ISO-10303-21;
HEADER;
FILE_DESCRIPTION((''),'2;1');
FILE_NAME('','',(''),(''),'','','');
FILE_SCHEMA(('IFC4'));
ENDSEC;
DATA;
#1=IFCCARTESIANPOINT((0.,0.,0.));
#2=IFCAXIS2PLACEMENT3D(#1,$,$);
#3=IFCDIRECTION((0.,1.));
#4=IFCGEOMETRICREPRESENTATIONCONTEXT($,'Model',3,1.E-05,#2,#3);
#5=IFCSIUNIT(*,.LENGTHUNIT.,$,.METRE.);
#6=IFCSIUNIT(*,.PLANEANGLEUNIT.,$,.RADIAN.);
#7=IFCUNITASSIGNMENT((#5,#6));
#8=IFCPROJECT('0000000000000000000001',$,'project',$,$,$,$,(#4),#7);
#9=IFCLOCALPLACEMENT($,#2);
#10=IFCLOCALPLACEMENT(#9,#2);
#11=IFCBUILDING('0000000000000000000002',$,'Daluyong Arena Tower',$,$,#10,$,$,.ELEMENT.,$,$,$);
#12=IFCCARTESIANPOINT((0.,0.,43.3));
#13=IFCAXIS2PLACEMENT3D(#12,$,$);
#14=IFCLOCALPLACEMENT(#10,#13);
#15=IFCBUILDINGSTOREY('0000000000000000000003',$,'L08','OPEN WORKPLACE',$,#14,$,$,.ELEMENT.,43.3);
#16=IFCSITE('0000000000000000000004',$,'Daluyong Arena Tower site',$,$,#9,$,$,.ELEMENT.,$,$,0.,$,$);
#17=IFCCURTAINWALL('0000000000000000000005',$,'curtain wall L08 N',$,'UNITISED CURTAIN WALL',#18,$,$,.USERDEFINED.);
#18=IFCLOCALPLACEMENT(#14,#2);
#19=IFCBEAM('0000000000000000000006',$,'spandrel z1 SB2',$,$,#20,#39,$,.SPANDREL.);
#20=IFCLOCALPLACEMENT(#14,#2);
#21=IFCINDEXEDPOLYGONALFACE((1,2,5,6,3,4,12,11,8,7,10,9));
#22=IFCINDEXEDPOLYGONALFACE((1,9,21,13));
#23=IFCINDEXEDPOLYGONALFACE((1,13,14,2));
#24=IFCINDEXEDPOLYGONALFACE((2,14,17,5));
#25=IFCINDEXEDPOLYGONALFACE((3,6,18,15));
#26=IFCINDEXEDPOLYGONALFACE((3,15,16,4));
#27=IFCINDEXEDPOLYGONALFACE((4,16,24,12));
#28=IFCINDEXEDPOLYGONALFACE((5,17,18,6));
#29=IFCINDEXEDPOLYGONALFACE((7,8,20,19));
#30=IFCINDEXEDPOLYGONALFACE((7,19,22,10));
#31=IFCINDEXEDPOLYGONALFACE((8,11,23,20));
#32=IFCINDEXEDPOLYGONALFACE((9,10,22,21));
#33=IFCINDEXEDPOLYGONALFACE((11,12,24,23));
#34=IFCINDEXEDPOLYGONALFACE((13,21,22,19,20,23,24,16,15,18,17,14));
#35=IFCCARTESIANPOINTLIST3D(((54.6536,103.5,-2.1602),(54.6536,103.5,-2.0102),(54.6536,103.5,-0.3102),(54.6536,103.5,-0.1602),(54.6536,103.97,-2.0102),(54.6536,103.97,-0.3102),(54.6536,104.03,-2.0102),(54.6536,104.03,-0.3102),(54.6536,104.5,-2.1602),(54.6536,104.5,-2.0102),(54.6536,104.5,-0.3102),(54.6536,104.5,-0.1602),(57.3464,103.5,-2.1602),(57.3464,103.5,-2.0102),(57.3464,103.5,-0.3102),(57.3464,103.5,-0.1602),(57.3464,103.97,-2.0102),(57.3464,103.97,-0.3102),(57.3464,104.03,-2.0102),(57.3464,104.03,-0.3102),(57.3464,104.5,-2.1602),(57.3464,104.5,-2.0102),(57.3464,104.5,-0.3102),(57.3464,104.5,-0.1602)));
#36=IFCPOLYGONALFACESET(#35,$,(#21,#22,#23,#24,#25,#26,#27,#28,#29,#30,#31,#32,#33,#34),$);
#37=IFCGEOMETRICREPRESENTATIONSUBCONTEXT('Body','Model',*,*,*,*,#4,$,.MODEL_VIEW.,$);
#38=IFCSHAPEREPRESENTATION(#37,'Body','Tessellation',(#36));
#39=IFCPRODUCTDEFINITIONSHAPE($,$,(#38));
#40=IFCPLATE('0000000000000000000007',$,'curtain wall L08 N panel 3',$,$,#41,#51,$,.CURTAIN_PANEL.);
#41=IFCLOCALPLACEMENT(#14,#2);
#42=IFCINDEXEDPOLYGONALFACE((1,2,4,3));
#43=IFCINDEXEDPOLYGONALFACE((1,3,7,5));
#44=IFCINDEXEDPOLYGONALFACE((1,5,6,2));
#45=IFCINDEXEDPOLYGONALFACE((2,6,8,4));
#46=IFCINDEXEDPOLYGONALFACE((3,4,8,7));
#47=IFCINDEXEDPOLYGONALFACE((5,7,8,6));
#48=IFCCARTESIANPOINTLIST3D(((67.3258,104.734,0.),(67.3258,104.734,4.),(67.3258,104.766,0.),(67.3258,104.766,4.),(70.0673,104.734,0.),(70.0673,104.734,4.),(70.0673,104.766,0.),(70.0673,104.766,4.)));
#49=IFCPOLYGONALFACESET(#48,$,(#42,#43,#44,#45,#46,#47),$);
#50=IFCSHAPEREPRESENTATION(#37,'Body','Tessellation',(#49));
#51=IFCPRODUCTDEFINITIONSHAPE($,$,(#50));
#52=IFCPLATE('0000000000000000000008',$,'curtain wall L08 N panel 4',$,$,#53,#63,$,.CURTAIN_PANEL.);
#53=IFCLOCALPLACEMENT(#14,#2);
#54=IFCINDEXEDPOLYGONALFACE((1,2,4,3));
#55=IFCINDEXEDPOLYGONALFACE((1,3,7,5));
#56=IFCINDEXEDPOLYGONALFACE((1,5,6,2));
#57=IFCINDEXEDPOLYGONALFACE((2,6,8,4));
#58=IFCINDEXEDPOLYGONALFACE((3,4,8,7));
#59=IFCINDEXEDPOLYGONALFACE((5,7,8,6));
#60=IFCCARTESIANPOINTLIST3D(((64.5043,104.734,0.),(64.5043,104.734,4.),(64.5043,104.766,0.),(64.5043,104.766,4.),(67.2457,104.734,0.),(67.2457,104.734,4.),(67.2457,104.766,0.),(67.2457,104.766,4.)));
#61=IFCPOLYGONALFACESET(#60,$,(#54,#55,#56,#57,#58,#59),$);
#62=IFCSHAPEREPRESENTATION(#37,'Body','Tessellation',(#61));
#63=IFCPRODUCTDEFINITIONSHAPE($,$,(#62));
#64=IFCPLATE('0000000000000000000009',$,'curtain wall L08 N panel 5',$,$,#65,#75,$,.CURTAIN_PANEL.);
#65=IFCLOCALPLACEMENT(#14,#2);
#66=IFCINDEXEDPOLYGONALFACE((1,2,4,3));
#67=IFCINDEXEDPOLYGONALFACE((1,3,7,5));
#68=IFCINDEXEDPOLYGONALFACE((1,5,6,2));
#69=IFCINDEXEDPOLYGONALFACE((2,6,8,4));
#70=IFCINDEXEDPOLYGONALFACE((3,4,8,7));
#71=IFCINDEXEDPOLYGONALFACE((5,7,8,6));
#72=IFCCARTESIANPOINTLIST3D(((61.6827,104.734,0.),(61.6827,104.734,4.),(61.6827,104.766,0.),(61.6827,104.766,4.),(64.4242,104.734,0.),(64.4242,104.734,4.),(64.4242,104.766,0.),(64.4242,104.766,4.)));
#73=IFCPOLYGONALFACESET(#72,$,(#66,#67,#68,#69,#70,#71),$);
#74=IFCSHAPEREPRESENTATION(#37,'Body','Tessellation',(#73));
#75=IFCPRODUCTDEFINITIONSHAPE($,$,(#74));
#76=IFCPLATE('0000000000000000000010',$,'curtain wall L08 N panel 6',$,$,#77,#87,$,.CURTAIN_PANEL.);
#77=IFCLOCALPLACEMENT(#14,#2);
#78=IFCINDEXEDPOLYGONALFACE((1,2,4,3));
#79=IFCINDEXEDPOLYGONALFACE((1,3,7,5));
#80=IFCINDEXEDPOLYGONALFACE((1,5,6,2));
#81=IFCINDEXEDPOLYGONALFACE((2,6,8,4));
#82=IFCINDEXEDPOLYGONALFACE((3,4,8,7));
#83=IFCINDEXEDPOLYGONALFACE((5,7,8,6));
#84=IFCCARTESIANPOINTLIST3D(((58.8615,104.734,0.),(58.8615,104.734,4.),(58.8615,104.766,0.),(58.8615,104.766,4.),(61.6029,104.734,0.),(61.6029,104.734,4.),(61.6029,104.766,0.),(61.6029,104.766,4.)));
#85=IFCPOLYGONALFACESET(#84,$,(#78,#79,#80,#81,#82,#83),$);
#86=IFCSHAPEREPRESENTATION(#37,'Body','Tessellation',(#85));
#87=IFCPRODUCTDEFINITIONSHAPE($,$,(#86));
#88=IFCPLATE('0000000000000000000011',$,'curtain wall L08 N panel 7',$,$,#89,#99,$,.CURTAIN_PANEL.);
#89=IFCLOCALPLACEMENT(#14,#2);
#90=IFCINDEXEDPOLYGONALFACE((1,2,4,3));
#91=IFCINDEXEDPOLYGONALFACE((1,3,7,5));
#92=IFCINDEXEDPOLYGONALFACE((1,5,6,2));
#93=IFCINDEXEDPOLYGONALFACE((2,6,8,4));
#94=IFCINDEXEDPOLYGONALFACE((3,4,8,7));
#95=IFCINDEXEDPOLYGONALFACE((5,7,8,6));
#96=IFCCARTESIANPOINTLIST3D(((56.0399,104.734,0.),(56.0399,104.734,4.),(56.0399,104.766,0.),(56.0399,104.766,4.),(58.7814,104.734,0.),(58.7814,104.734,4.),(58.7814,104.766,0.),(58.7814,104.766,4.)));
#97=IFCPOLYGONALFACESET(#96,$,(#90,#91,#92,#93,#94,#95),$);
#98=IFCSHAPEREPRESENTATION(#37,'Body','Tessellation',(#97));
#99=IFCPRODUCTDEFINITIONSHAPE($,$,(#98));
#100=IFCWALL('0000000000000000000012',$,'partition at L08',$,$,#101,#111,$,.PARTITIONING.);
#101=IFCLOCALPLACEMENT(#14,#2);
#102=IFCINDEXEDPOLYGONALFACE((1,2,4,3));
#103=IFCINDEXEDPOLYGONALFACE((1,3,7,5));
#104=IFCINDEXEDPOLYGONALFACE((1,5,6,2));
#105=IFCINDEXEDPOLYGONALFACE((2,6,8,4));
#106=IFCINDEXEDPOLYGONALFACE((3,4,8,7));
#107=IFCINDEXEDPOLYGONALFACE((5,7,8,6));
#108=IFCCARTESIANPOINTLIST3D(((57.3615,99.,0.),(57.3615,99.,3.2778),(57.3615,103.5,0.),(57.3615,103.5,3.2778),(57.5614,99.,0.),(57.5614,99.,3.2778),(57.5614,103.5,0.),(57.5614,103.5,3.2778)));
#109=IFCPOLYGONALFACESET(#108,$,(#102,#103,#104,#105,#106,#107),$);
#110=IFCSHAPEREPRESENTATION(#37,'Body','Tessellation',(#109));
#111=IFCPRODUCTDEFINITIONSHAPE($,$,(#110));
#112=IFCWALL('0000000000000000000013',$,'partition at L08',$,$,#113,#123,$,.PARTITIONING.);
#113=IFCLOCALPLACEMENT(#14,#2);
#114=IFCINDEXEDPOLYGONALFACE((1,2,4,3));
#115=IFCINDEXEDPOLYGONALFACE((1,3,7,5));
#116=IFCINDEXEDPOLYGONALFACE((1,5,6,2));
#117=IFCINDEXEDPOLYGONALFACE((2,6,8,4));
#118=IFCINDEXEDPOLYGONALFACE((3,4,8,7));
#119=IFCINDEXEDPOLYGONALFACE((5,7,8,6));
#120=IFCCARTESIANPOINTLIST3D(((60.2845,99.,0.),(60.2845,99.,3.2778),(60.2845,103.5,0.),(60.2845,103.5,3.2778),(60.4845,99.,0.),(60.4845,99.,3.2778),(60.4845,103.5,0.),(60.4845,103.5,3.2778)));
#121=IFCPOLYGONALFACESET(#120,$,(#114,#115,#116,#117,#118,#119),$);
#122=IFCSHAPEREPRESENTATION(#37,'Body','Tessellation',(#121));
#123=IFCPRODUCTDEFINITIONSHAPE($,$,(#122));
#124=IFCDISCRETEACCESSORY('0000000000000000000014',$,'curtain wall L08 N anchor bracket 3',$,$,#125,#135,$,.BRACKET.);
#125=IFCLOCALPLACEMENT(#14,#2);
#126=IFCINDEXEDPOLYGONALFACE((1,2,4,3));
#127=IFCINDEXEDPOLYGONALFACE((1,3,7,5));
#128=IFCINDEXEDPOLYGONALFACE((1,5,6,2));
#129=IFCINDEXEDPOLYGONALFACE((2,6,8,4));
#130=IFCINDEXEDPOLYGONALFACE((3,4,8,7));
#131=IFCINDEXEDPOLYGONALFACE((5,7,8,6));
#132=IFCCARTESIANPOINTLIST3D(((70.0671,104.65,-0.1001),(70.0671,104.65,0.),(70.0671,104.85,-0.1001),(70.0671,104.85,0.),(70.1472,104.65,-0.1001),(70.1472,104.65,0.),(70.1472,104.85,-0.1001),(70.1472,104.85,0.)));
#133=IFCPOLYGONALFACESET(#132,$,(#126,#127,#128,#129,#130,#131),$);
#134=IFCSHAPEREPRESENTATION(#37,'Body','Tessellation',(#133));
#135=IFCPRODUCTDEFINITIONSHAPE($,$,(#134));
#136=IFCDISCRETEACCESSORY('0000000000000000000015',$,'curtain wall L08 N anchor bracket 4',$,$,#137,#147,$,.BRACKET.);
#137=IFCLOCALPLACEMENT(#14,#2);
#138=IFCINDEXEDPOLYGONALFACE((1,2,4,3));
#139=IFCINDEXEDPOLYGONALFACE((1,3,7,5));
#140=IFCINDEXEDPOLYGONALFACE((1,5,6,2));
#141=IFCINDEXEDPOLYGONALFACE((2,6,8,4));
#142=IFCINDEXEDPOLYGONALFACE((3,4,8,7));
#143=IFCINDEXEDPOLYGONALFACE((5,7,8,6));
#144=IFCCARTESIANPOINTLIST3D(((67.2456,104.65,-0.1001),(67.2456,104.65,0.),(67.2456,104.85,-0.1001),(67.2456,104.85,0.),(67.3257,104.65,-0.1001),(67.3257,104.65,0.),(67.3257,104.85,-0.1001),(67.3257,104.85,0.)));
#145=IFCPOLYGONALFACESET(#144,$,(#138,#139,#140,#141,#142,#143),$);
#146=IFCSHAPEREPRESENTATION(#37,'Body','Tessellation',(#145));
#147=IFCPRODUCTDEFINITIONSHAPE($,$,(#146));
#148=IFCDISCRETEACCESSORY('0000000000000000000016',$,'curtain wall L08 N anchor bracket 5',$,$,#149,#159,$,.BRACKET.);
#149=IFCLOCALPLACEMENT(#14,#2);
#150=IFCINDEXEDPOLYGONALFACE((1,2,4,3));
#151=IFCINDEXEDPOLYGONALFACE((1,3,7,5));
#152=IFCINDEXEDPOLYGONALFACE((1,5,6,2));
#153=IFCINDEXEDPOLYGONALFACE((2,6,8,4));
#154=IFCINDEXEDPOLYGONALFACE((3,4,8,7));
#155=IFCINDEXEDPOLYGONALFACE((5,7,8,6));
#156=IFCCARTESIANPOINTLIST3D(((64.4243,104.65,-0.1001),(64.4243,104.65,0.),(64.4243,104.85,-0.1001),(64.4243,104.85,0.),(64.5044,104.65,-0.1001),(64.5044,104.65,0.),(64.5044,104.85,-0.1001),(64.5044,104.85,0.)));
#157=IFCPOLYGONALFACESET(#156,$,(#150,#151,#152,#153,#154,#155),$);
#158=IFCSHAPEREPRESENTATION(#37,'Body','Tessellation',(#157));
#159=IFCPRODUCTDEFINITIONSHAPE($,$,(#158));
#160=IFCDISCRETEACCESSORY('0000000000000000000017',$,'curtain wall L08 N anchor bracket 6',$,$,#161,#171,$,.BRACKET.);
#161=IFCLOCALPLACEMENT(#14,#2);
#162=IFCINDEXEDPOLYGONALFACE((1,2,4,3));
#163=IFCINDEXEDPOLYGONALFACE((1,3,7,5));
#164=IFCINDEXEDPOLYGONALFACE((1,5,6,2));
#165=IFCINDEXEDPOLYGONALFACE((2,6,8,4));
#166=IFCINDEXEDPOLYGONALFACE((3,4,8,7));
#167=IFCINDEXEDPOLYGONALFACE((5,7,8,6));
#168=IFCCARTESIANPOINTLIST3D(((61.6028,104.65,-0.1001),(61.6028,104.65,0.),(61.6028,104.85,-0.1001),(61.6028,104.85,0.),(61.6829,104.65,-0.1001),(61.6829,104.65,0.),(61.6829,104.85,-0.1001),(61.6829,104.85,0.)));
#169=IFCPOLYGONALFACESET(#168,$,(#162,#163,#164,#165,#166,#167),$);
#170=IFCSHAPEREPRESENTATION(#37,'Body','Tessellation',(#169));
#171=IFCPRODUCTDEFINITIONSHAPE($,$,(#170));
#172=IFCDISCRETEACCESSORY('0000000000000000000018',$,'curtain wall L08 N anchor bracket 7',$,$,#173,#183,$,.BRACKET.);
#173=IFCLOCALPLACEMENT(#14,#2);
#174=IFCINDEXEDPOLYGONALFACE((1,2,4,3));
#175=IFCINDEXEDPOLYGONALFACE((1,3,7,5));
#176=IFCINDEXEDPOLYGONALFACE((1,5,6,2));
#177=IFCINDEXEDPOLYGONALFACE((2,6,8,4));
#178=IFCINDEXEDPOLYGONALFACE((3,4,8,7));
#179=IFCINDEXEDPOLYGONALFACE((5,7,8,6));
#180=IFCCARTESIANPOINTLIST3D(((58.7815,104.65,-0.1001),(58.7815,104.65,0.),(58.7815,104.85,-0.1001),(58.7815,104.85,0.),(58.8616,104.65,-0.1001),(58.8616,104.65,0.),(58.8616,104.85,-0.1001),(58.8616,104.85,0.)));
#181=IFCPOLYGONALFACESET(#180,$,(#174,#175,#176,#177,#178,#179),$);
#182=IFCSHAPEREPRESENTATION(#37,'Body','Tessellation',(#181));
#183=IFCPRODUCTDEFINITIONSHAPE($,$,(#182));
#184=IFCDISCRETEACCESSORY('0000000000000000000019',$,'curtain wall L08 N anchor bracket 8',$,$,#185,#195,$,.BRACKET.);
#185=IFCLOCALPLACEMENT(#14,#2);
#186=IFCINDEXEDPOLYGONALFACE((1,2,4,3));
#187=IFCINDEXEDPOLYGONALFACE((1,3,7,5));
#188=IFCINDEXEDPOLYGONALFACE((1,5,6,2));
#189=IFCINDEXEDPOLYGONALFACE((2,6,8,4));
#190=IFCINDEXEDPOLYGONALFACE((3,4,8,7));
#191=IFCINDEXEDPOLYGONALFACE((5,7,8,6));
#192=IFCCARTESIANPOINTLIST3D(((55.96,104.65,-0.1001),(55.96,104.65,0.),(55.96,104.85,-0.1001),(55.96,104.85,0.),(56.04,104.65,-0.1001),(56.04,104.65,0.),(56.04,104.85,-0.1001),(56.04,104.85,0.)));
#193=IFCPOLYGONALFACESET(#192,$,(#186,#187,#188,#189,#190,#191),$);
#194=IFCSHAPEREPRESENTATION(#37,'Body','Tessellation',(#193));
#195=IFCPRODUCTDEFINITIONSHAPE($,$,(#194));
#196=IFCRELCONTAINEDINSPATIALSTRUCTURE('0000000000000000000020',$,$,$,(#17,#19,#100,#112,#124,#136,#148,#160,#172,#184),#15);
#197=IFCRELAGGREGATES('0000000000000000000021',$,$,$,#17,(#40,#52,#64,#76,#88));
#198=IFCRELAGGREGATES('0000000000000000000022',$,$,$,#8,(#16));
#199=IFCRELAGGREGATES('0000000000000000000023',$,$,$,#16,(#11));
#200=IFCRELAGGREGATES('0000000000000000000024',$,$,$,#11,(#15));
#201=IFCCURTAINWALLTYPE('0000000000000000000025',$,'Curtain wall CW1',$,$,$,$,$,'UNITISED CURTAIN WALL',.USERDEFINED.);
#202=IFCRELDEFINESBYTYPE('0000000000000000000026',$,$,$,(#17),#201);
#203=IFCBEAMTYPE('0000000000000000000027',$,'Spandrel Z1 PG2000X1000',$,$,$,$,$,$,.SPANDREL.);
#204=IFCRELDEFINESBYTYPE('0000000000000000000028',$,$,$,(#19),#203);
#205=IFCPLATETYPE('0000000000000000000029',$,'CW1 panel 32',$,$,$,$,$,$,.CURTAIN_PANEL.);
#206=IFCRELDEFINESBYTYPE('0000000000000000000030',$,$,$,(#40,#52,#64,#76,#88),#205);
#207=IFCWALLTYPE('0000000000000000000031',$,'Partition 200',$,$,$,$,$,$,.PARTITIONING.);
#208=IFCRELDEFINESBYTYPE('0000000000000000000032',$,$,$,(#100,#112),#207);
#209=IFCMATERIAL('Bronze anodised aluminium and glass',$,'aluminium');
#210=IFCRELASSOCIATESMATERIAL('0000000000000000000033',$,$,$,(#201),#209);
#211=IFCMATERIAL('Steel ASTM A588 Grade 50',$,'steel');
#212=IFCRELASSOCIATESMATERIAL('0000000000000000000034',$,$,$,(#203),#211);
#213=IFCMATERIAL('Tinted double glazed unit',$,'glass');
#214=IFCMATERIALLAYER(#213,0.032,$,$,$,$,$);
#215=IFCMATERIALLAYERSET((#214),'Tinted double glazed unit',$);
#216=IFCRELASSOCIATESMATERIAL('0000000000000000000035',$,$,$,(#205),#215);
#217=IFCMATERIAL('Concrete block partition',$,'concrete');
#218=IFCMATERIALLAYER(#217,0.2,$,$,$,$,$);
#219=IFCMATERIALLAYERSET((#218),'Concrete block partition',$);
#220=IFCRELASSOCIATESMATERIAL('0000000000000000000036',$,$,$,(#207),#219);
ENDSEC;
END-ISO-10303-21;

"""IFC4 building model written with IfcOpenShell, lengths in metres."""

from ifc_helpers import new_model, si_unit, direction, frame, frame_2d, origin, origin_2d, place, context, subcontext, project, spatial, rectangle, i_section, extrude, material, layer, layer_set, material_profile, profile_set, type_object, element, aggregate, save


model = new_model("IFC4")

# Units and contexts
model_context = context("Model", 3, precision=1e-05, world=origin(), true_north=direction((0.0, 1.0)))
body_context = subcontext(model_context, "Body", "Model", "MODEL_VIEW")
ifc_project = project(units=[si_unit("LENGTHUNIT", "METRE"), si_unit("PLANEANGLEUNIT", "RADIAN")], contexts=[model_context])

# Site, building, storey
site_placement = place(None, origin())
site = spatial("IfcSite", under=ifc_project, at=site_placement, Name="Daluyong Arena Tower site", CompositionType="ELEMENT", RefElevation=0.0)
building_placement = place(site_placement, origin())
building = spatial("IfcBuilding", under=site, at=building_placement, Name="Daluyong Arena Tower", CompositionType="ELEMENT")
storey_placement = place(building_placement, frame((0.0, 0.0, 43.3)))
storey = spatial("IfcBuildingStorey", under=building, at=storey_placement, Name="L08", Description="OPEN WORKPLACE", CompositionType="ELEMENT", Elevation=43.3)

# Curtain wall
ifc_material_1 = material(Name="Bronze anodised aluminium and glass", Category="aluminium")
curtain_wall_type = type_object("IfcCurtainWallType", Name="Curtain wall CW1", ElementType="UNITISED CURTAIN WALL", PredefinedType="USERDEFINED", material=ifc_material_1)
curtain_wall_placement = place(storey_placement, origin())
curtain_wall = element("IfcCurtainWall", 1, at=curtain_wall_placement, inside=storey, type_object=curtain_wall_type, Name="curtain wall L08 N", ObjectType="UNITISED CURTAIN WALL", PredefinedType="USERDEFINED")

# Beam
ifc_material_2 = material(Name="Steel ASTM A588 Grade 50", Category="steel")
ifc_material_profile_1 = material_profile(ifc_material_2, i_section(OverallWidth=1.0, OverallDepth=2.0, WebThickness=0.06, FlangeThickness=0.15, at=origin_2d()))
ifc_profile_set_1 = profile_set([ifc_material_profile_1], Name="Steel ASTM A588 Grade 50")
beam_type_1 = type_object("IfcBeamType", Name="Spandrel Z1 PG2000X1000", PredefinedType="SPANDREL", material=ifc_profile_set_1)
beam_1_placement = place(storey_placement, frame((57.3464, 104.0, -1.1602), z_axis=(-1.0, 0.0, 0.0), x_axis=(0.0, -1.0, 0.0)))
element("IfcBeam", 2, at=beam_1_placement, inside=storey, type_object=beam_type_1, Name="spandrel z1 SB2", PredefinedType="SPANDREL", context=body_context, shape_type="SweptSolid", body=[
    extrude(i_section(OverallWidth=1.0, OverallDepth=2.0, WebThickness=0.06, FlangeThickness=0.15, at=origin_2d()), origin(), (0.0, 0.0, 1.0), 2.6929),
])

# Plates
ifc_material_3 = material(Name="Tinted double glazed unit", Category="glass")
ifc_layer_1 = layer(ifc_material_3, 0.032)
ifc_layer_set_1 = layer_set([ifc_layer_1], Name="Tinted double glazed unit")
plate_type = type_object("IfcPlateType", Name="CW1 panel 32", PredefinedType="CURTAIN_PANEL", material=ifc_layer_set_1)
plate_1_placement = place(storey_placement, frame((68.6965, 104.75, 0.0), z_axis=(0.0, 0.0, 1.0), x_axis=(-1.0, 0.0, 0.0)))
plate_1 = element("IfcPlate", 3, at=plate_1_placement, type_object=plate_type, Name="curtain wall L08 N panel 3", PredefinedType="CURTAIN_PANEL", context=body_context, shape_type="SweptSolid", body=[
    extrude(rectangle(XDim=2.7415, YDim=0.032, at=origin_2d()), origin(), (0.0, 0.0, 1.0), 4.0),
])
plate_2_placement = place(storey_placement, frame((65.875, 104.75, 0.0), z_axis=(0.0, 0.0, 1.0), x_axis=(-1.0, 0.0, 0.0)))
plate_2 = element("IfcPlate", 4, at=plate_2_placement, type_object=plate_type, Name="curtain wall L08 N panel 4", PredefinedType="CURTAIN_PANEL", context=body_context, shape_type="SweptSolid", body=[
    extrude(rectangle(XDim=2.7415, YDim=0.032, at=origin_2d()), origin(), (0.0, 0.0, 1.0), 4.0),
])
plate_3_placement = place(storey_placement, frame((63.0535, 104.75, 0.0), z_axis=(0.0, 0.0, 1.0), x_axis=(-1.0, 0.0, 0.0)))
plate_3 = element("IfcPlate", 5, at=plate_3_placement, type_object=plate_type, Name="curtain wall L08 N panel 5", PredefinedType="CURTAIN_PANEL", context=body_context, shape_type="SweptSolid", body=[
    extrude(rectangle(XDim=2.7415, YDim=0.032, at=origin_2d()), origin(), (0.0, 0.0, 1.0), 4.0),
])
plate_4_placement = place(storey_placement, frame((60.2322, 104.75, 0.0), z_axis=(0.0, 0.0, 1.0), x_axis=(-1.0, 0.0, 0.0)))
plate_4 = element("IfcPlate", 6, at=plate_4_placement, type_object=plate_type, Name="curtain wall L08 N panel 6", PredefinedType="CURTAIN_PANEL", context=body_context, shape_type="SweptSolid", body=[
    extrude(rectangle(XDim=2.7415, YDim=0.032, at=origin_2d()), origin(), (0.0, 0.0, 1.0), 4.0),
])
plate_5_placement = place(storey_placement, frame((57.4106, 104.75, 0.0), z_axis=(0.0, 0.0, 1.0), x_axis=(-1.0, 0.0, 0.0)))
plate_5 = element("IfcPlate", 7, at=plate_5_placement, type_object=plate_type, Name="curtain wall L08 N panel 7", PredefinedType="CURTAIN_PANEL", context=body_context, shape_type="SweptSolid", body=[
    extrude(rectangle(XDim=2.7415, YDim=0.032, at=origin_2d()), origin(), (0.0, 0.0, 1.0), 4.0),
])
aggregate(curtain_wall, [plate_1, plate_2, plate_3, plate_4, plate_5])

# Walls
ifc_material_4 = material(Name="Concrete block partition", Category="concrete")
ifc_layer_2 = layer(ifc_material_4, 0.2)
ifc_layer_set_2 = layer_set([ifc_layer_2], Name="Concrete block partition")
wall_type = type_object("IfcWallType", Name="Partition 200", PredefinedType="PARTITIONING", material=ifc_layer_set_2)
for number, where, z_axis, x_axis, name in (
    (8, (57.4614, 99.0, 0.0), (0.0, 0.0, 1.0), (0.0, 1.0, 0.0), "partition at L08"),
    (9, (60.3845, 99.0, 0.0), (0.0, 0.0, 1.0), (0.0, 1.0, 0.0), "partition at L08"),
):
    element("IfcWall", number, at=place(storey_placement, frame(where, z_axis=z_axis, x_axis=x_axis)), inside=storey, type_object=wall_type, Name=name, PredefinedType="PARTITIONING", context=body_context, shape_type="SweptSolid", body=[
        extrude(rectangle(XDim=4.5, YDim=0.2, at=frame_2d((2.25, 0.0))), origin(), (0.0, 0.0, 1.0), 3.2778),
    ])

# Discrete accessories
for number, where, z_axis, x_axis, name in (
    (10, (70.1072, 104.75, -0.1001), (0.0, 0.0, 1.0), (-1.0, 0.0, 0.0), "curtain wall L08 N anchor bracket 3"),
    (11, (67.2856, 104.75, -0.1001), (0.0, 0.0, 1.0), (-1.0, 0.0, 0.0), "curtain wall L08 N anchor bracket 4"),
    (12, (64.4644, 104.75, -0.1001), (0.0, 0.0, 1.0), (-1.0, 0.0, 0.0), "curtain wall L08 N anchor bracket 5"),
    (13, (61.6428, 104.75, -0.1001), (0.0, 0.0, 1.0), (-1.0, 0.0, 0.0), "curtain wall L08 N anchor bracket 6"),
    (14, (58.8215, 104.75, -0.1001), (0.0, 0.0, 1.0), (-1.0, 0.0, 0.0), "curtain wall L08 N anchor bracket 7"),
    (15, (56.0, 104.75, -0.1001), (0.0, 0.0, 1.0), (-1.0, 0.0, 0.0), "curtain wall L08 N anchor bracket 8"),
):
    element("IfcDiscreteAccessory", number, at=place(storey_placement, frame(where, z_axis=z_axis, x_axis=x_axis)), inside=storey, Name=name, PredefinedType="BRACKET", context=body_context, shape_type="SweptSolid", body=[
        extrude(rectangle(XDim=0.0801, YDim=0.2, at=origin_2d()), origin(), (0.0, 0.0, 1.0), 0.1001),
    ])

save(model, "model.ifc")
